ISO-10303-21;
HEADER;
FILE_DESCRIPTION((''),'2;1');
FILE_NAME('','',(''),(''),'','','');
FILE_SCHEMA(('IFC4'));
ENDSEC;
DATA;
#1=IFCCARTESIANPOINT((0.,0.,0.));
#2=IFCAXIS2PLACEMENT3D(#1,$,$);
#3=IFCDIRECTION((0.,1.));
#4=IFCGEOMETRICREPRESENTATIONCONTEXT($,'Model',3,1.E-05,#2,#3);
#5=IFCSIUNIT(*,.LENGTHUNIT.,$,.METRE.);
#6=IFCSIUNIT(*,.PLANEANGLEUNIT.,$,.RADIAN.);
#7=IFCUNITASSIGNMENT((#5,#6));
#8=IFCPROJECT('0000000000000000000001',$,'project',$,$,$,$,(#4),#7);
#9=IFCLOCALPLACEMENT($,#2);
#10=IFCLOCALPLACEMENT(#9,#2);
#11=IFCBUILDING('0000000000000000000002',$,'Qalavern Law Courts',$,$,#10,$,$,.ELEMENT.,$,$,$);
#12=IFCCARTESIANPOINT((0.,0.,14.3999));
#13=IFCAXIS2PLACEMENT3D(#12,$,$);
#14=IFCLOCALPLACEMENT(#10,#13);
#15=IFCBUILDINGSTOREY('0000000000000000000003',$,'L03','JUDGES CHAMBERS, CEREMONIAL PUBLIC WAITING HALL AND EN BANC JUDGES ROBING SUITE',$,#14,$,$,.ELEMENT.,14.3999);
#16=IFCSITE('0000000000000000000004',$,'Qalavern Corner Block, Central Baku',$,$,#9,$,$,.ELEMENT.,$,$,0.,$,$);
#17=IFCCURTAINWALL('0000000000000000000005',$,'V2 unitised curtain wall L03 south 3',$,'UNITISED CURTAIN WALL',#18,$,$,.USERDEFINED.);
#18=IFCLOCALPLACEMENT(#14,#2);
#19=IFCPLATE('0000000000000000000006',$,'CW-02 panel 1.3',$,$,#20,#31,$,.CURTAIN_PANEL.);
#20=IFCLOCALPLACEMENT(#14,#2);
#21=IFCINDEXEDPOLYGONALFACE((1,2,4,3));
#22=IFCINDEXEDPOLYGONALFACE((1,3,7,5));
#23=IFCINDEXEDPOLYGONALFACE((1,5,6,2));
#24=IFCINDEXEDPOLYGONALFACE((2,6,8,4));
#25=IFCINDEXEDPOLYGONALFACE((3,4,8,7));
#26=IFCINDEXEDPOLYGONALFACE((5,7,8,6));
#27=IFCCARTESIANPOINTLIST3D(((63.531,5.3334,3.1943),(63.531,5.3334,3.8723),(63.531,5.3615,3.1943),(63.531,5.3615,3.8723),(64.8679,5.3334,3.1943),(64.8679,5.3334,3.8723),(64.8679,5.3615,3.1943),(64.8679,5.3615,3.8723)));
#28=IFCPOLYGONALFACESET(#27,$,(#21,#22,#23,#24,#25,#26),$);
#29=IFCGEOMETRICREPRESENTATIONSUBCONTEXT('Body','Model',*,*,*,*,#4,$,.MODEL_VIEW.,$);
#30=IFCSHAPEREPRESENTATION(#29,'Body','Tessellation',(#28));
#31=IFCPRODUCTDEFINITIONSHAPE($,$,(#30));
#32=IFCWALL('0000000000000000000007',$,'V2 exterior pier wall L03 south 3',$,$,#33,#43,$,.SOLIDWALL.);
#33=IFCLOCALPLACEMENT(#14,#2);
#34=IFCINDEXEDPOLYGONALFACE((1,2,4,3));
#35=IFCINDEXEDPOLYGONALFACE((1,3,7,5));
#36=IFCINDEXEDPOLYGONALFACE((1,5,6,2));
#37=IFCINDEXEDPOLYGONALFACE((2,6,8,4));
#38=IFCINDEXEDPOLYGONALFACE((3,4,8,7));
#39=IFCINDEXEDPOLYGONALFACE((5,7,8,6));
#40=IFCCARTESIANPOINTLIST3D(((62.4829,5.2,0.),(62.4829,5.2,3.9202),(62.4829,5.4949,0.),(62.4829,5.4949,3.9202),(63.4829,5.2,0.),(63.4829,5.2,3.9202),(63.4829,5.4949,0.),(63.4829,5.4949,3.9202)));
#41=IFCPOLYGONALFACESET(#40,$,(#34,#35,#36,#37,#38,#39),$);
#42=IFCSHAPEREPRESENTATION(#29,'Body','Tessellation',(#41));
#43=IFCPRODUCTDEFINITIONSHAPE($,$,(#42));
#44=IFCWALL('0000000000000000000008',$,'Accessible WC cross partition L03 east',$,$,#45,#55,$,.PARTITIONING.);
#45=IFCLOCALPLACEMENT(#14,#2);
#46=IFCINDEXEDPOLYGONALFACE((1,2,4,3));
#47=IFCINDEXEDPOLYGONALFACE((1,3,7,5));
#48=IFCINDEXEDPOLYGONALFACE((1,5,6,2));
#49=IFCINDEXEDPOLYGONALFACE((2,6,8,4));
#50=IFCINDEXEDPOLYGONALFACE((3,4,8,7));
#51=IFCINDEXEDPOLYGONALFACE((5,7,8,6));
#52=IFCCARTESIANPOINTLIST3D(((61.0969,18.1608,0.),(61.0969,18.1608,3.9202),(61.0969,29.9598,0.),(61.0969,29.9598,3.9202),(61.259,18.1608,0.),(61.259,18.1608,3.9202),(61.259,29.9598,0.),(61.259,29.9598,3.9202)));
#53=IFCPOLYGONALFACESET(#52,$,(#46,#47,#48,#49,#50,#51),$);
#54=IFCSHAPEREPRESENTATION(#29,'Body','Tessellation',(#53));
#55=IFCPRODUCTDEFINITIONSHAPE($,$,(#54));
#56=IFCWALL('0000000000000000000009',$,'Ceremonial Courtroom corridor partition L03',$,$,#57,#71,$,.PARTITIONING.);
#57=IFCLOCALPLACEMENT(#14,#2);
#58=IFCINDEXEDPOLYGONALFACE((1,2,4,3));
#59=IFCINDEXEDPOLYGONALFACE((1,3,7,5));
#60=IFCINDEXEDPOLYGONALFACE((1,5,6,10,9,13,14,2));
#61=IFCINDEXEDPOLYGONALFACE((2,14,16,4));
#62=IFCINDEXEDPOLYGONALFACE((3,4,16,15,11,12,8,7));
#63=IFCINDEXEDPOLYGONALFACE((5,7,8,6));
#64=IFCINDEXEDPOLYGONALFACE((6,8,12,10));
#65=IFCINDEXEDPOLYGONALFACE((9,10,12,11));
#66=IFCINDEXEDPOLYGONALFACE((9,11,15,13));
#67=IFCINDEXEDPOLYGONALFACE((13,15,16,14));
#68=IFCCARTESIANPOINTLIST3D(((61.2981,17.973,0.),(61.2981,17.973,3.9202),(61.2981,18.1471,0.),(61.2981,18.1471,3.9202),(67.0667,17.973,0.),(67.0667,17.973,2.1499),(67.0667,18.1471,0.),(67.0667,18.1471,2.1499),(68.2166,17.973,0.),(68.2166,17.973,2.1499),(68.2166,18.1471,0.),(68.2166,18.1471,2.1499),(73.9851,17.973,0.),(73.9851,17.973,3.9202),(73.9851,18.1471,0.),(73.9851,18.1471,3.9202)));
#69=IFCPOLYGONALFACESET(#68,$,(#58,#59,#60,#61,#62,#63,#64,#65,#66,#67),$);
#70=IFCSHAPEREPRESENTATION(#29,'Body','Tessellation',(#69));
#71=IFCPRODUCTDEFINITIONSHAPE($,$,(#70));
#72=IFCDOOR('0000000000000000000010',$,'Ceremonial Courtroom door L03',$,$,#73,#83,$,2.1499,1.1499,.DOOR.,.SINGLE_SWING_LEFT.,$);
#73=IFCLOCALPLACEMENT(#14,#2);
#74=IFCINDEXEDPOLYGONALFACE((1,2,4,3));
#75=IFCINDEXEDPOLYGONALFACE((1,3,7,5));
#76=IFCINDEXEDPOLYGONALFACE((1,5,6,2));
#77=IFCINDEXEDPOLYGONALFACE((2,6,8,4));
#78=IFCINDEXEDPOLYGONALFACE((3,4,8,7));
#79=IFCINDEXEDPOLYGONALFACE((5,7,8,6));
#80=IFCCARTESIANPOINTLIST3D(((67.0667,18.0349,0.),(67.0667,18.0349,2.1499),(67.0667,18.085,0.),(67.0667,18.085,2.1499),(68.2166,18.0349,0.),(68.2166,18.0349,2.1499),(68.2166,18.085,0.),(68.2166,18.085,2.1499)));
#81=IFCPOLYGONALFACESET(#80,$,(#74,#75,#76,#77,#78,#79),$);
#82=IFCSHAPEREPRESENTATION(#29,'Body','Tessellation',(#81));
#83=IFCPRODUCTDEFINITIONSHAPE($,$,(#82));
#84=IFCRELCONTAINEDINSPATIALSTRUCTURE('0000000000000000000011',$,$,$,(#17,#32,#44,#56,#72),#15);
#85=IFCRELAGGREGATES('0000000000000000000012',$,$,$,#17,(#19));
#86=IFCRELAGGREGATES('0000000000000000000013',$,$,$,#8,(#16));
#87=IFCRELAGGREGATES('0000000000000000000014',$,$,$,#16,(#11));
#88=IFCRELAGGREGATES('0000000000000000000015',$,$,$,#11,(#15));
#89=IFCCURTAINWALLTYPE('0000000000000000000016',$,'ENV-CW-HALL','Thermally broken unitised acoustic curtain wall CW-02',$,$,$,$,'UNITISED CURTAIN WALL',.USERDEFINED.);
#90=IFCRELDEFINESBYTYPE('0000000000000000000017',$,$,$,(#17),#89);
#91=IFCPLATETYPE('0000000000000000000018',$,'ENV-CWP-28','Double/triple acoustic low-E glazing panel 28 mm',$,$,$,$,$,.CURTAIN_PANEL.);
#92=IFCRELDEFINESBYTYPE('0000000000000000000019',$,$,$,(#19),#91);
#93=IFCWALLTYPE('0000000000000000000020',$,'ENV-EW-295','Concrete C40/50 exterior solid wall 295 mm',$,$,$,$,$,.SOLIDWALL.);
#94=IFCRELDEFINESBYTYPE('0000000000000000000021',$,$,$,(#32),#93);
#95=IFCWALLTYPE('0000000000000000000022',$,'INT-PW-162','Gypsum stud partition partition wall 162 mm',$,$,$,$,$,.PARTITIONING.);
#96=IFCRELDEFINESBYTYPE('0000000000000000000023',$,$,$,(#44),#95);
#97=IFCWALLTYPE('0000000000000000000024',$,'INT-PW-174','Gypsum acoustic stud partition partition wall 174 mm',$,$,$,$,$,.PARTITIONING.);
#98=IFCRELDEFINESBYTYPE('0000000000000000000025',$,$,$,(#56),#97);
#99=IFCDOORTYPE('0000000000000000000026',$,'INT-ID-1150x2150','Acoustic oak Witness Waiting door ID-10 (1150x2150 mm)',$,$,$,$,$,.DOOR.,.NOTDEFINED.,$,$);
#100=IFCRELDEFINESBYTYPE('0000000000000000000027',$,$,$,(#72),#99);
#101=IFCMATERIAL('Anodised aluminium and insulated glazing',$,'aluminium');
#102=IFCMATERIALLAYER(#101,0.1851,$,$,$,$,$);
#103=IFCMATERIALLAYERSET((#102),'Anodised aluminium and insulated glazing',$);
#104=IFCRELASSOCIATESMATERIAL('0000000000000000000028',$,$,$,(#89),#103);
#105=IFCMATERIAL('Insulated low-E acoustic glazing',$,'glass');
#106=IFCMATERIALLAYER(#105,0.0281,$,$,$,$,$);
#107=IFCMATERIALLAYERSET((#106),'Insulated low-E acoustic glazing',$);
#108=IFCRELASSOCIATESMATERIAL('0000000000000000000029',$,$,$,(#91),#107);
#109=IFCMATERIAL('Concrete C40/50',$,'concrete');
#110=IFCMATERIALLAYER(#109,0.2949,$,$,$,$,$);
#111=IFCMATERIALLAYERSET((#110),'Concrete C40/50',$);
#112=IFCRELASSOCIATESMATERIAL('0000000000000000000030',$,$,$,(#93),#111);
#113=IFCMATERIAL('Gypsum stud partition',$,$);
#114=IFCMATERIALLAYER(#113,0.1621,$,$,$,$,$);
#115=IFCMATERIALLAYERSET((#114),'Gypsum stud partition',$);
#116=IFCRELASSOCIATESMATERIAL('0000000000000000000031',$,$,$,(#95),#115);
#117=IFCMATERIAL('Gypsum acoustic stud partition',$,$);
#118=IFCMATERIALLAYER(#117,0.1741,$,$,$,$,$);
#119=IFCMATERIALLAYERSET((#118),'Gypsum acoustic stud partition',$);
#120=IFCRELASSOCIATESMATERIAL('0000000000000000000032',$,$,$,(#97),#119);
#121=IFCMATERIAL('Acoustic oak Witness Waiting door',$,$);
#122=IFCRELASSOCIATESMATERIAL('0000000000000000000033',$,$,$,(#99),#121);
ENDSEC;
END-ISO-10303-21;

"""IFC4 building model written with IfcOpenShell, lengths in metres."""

from ifc_helpers import new_model, si_unit, direction, frame, frame_2d, origin, origin_2d, place, context, subcontext, project, spatial, rectangle, extrude, material, layer, layer_set, type_object, element, fill, aggregate, save


model = new_model("IFC4")

# Units and contexts
model_context = context("Model", 3, precision=1e-05, world=origin(), true_north=direction((0.0, 1.0)))
body_context = subcontext(model_context, "Body", "Model", "MODEL_VIEW")
ifc_project = project(units=[si_unit("LENGTHUNIT", "METRE"), si_unit("PLANEANGLEUNIT", "RADIAN")], contexts=[model_context])

# Site, building, storey
site_placement = place(None, origin())
site = spatial("IfcSite", under=ifc_project, at=site_placement, Name="Qalavern Corner Block, Central Baku", CompositionType="ELEMENT", RefElevation=0.0)
building_placement = place(site_placement, origin())
building = spatial("IfcBuilding", under=site, at=building_placement, Name="Qalavern Law Courts", CompositionType="ELEMENT")
storey_placement = place(building_placement, frame((0.0, 0.0, 14.3999)))
storey = spatial("IfcBuildingStorey", under=building, at=storey_placement, Name="L03", Description="JUDGES CHAMBERS, CEREMONIAL PUBLIC WAITING HALL AND EN BANC JUDGES ROBING SUITE", CompositionType="ELEMENT", Elevation=14.3999)

# Shared definitions
ifc_material_1 = material(Name="Anodised aluminium and insulated glazing", Category="aluminium")
ifc_layer_1 = layer(ifc_material_1, 0.1851)
ifc_layer_set_1 = layer_set([ifc_layer_1], Name="Anodised aluminium and insulated glazing")
curtain_wall_type = type_object("IfcCurtainWallType", Name="ENV-CW-HALL", Description="Thermally broken unitised acoustic curtain wall CW-02", ElementType="UNITISED CURTAIN WALL", PredefinedType="USERDEFINED", material=ifc_layer_set_1)

# Curtain wall
curtain_wall_1_placement = place(storey_placement, origin())
curtain_wall_1 = element("IfcCurtainWall", 1, at=curtain_wall_1_placement, inside=storey, type_object=curtain_wall_type, Name="V2 unitised curtain wall L03 south 3", ObjectType="UNITISED CURTAIN WALL", PredefinedType="USERDEFINED")

# Shared definitions
ifc_material_2 = material(Name="Concrete C40/50", Category="concrete")

# Plate
ifc_material_3 = material(Name="Insulated low-E acoustic glazing", Category="glass")
ifc_layer_2 = layer(ifc_material_3, 0.0281)
ifc_layer_set_2 = layer_set([ifc_layer_2], Name="Insulated low-E acoustic glazing")
plate_type_1 = type_object("IfcPlateType", Name="ENV-CWP-28", Description="Double/triple acoustic low-E glazing panel 28 mm", PredefinedType="CURTAIN_PANEL", material=ifc_layer_set_2)
plate_1_placement = place(storey_placement, frame((64.1995, 5.3474, 3.1943), z_axis=(0.0, 0.0, 1.0), x_axis=(1.0, 0.0, 0.0)))
plate_1 = element("IfcPlate", 2, at=plate_1_placement, type_object=plate_type_1, Name="CW-02 panel 1.3", PredefinedType="CURTAIN_PANEL", context=body_context, shape_type="SweptSolid", body=[
    extrude(rectangle(XDim=1.3369, YDim=0.0281, at=origin_2d()), origin(), (0.0, 0.0, 1.0), 0.678),
])
aggregate(curtain_wall_1, [plate_1])

# Walls
ifc_layer_3 = layer(ifc_material_2, 0.2949)
ifc_layer_set_3 = layer_set([ifc_layer_3], Name="Concrete C40/50")
wall_type_1 = type_object("IfcWallType", Name="ENV-EW-295", Description="Concrete C40/50 exterior solid wall 295 mm", PredefinedType="SOLIDWALL", material=ifc_layer_set_3)
wall_1_placement = place(storey_placement, frame((62.4829, 5.3474, 0.0), z_axis=(0.0, 0.0, 1.0), x_axis=(1.0, 0.0, 0.0)))
element("IfcWall", 3, at=wall_1_placement, inside=storey, type_object=wall_type_1, Name="V2 exterior pier wall L03 south 3", PredefinedType="SOLIDWALL", context=body_context, shape_type="SweptSolid", body=[
    extrude(rectangle(XDim=1.0, YDim=0.2949, at=frame_2d((0.5, 0.0))), origin(), (0.0, 0.0, 1.0), 3.9202),
])
ifc_material_4 = material(Name="Gypsum stud partition")
ifc_layer_4 = layer(ifc_material_4, 0.1621)
ifc_layer_set_4 = layer_set([ifc_layer_4], Name="Gypsum stud partition")
wall_type_2 = type_object("IfcWallType", Name="INT-PW-162", Description="Gypsum stud partition partition wall 162 mm", PredefinedType="PARTITIONING", material=ifc_layer_set_4)
wall_2_placement = place(storey_placement, frame((61.178, 18.1609, 0.0), z_axis=(0.0, 0.0, 1.0), x_axis=(0.0, 1.0, 0.0)))
element("IfcWall", 4, at=wall_2_placement, inside=storey, type_object=wall_type_2, Name="Accessible WC cross partition L03 east", PredefinedType="PARTITIONING", context=body_context, shape_type="SweptSolid", body=[
    extrude(rectangle(XDim=11.7991, YDim=0.1621, at=frame_2d((5.8994, 0.0))), origin(), (0.0, 0.0, 1.0), 3.9202),
])

# Wall, opening, door
ifc_material_5 = material(Name="Gypsum acoustic stud partition")
ifc_layer_5 = layer(ifc_material_5, 0.1741)
ifc_layer_set_5 = layer_set([ifc_layer_5], Name="Gypsum acoustic stud partition")
wall_type_3 = type_object("IfcWallType", Name="INT-PW-174", Description="Gypsum acoustic stud partition partition wall 174 mm", PredefinedType="PARTITIONING", material=ifc_layer_set_5)
wall_3_placement = place(storey_placement, frame((61.2981, 18.0601, 0.0), z_axis=(0.0, 0.0, 1.0), x_axis=(1.0, 0.0, 0.0)))
wall_3 = element("IfcWall", 5, at=wall_3_placement, inside=storey, type_object=wall_type_3, Name="Ceremonial Courtroom corridor partition L03", PredefinedType="PARTITIONING", context=body_context, shape_type="SweptSolid", body=[
    extrude(rectangle(XDim=12.687, YDim=0.1741, at=frame_2d((6.3435, 0.0))), origin(), (0.0, 0.0, 1.0), 3.9202),
])
opening_placement = place(wall_3_placement, frame((5.7686, 0.0, 0.0)))
opening = element("IfcOpeningElement", 6, at=opening_placement, cuts=wall_3, PredefinedType="OPENING", context=body_context, shape_type="SweptSolid", body=[
    extrude(rectangle(XDim=1.1499, YDim=2.1499, at=frame_2d((0.575, 1.075))), frame((0.0, 0.1021, 0.0), z_axis=(0.0, -1.0, 0.0), x_axis=(1.0, 0.0, 0.0)), (0.0, 0.0, 1.0), 0.2039),
])
ifc_material_6 = material(Name="Acoustic oak Witness Waiting door")
door_type = type_object("IfcDoorType", Name="INT-ID-1150x2150", Description="Acoustic oak Witness Waiting door ID-10 (1150x2150 mm)", OperationType="NOTDEFINED", PredefinedType="DOOR", material=ifc_material_6)
door_placement = place(opening_placement, origin())
door = element("IfcDoor", 7, at=door_placement, inside=storey, type_object=door_type, Name="Ceremonial Courtroom door L03", OperationType="SINGLE_SWING_LEFT", OverallHeight=2.1499, OverallWidth=1.1499, PredefinedType="DOOR", context=body_context, shape_type="SweptSolid", body=[
    extrude(rectangle(XDim=1.1499, YDim=2.1499, at=frame_2d((0.575, 1.075))), frame((0.0, 0.0249, 0.0), z_axis=(0.0, -1.0, 0.0), x_axis=(1.0, 0.0, 0.0)), (0.0, 0.0, 1.0), 0.05),
])
fill(opening, door)

save(model, "model.ifc")
